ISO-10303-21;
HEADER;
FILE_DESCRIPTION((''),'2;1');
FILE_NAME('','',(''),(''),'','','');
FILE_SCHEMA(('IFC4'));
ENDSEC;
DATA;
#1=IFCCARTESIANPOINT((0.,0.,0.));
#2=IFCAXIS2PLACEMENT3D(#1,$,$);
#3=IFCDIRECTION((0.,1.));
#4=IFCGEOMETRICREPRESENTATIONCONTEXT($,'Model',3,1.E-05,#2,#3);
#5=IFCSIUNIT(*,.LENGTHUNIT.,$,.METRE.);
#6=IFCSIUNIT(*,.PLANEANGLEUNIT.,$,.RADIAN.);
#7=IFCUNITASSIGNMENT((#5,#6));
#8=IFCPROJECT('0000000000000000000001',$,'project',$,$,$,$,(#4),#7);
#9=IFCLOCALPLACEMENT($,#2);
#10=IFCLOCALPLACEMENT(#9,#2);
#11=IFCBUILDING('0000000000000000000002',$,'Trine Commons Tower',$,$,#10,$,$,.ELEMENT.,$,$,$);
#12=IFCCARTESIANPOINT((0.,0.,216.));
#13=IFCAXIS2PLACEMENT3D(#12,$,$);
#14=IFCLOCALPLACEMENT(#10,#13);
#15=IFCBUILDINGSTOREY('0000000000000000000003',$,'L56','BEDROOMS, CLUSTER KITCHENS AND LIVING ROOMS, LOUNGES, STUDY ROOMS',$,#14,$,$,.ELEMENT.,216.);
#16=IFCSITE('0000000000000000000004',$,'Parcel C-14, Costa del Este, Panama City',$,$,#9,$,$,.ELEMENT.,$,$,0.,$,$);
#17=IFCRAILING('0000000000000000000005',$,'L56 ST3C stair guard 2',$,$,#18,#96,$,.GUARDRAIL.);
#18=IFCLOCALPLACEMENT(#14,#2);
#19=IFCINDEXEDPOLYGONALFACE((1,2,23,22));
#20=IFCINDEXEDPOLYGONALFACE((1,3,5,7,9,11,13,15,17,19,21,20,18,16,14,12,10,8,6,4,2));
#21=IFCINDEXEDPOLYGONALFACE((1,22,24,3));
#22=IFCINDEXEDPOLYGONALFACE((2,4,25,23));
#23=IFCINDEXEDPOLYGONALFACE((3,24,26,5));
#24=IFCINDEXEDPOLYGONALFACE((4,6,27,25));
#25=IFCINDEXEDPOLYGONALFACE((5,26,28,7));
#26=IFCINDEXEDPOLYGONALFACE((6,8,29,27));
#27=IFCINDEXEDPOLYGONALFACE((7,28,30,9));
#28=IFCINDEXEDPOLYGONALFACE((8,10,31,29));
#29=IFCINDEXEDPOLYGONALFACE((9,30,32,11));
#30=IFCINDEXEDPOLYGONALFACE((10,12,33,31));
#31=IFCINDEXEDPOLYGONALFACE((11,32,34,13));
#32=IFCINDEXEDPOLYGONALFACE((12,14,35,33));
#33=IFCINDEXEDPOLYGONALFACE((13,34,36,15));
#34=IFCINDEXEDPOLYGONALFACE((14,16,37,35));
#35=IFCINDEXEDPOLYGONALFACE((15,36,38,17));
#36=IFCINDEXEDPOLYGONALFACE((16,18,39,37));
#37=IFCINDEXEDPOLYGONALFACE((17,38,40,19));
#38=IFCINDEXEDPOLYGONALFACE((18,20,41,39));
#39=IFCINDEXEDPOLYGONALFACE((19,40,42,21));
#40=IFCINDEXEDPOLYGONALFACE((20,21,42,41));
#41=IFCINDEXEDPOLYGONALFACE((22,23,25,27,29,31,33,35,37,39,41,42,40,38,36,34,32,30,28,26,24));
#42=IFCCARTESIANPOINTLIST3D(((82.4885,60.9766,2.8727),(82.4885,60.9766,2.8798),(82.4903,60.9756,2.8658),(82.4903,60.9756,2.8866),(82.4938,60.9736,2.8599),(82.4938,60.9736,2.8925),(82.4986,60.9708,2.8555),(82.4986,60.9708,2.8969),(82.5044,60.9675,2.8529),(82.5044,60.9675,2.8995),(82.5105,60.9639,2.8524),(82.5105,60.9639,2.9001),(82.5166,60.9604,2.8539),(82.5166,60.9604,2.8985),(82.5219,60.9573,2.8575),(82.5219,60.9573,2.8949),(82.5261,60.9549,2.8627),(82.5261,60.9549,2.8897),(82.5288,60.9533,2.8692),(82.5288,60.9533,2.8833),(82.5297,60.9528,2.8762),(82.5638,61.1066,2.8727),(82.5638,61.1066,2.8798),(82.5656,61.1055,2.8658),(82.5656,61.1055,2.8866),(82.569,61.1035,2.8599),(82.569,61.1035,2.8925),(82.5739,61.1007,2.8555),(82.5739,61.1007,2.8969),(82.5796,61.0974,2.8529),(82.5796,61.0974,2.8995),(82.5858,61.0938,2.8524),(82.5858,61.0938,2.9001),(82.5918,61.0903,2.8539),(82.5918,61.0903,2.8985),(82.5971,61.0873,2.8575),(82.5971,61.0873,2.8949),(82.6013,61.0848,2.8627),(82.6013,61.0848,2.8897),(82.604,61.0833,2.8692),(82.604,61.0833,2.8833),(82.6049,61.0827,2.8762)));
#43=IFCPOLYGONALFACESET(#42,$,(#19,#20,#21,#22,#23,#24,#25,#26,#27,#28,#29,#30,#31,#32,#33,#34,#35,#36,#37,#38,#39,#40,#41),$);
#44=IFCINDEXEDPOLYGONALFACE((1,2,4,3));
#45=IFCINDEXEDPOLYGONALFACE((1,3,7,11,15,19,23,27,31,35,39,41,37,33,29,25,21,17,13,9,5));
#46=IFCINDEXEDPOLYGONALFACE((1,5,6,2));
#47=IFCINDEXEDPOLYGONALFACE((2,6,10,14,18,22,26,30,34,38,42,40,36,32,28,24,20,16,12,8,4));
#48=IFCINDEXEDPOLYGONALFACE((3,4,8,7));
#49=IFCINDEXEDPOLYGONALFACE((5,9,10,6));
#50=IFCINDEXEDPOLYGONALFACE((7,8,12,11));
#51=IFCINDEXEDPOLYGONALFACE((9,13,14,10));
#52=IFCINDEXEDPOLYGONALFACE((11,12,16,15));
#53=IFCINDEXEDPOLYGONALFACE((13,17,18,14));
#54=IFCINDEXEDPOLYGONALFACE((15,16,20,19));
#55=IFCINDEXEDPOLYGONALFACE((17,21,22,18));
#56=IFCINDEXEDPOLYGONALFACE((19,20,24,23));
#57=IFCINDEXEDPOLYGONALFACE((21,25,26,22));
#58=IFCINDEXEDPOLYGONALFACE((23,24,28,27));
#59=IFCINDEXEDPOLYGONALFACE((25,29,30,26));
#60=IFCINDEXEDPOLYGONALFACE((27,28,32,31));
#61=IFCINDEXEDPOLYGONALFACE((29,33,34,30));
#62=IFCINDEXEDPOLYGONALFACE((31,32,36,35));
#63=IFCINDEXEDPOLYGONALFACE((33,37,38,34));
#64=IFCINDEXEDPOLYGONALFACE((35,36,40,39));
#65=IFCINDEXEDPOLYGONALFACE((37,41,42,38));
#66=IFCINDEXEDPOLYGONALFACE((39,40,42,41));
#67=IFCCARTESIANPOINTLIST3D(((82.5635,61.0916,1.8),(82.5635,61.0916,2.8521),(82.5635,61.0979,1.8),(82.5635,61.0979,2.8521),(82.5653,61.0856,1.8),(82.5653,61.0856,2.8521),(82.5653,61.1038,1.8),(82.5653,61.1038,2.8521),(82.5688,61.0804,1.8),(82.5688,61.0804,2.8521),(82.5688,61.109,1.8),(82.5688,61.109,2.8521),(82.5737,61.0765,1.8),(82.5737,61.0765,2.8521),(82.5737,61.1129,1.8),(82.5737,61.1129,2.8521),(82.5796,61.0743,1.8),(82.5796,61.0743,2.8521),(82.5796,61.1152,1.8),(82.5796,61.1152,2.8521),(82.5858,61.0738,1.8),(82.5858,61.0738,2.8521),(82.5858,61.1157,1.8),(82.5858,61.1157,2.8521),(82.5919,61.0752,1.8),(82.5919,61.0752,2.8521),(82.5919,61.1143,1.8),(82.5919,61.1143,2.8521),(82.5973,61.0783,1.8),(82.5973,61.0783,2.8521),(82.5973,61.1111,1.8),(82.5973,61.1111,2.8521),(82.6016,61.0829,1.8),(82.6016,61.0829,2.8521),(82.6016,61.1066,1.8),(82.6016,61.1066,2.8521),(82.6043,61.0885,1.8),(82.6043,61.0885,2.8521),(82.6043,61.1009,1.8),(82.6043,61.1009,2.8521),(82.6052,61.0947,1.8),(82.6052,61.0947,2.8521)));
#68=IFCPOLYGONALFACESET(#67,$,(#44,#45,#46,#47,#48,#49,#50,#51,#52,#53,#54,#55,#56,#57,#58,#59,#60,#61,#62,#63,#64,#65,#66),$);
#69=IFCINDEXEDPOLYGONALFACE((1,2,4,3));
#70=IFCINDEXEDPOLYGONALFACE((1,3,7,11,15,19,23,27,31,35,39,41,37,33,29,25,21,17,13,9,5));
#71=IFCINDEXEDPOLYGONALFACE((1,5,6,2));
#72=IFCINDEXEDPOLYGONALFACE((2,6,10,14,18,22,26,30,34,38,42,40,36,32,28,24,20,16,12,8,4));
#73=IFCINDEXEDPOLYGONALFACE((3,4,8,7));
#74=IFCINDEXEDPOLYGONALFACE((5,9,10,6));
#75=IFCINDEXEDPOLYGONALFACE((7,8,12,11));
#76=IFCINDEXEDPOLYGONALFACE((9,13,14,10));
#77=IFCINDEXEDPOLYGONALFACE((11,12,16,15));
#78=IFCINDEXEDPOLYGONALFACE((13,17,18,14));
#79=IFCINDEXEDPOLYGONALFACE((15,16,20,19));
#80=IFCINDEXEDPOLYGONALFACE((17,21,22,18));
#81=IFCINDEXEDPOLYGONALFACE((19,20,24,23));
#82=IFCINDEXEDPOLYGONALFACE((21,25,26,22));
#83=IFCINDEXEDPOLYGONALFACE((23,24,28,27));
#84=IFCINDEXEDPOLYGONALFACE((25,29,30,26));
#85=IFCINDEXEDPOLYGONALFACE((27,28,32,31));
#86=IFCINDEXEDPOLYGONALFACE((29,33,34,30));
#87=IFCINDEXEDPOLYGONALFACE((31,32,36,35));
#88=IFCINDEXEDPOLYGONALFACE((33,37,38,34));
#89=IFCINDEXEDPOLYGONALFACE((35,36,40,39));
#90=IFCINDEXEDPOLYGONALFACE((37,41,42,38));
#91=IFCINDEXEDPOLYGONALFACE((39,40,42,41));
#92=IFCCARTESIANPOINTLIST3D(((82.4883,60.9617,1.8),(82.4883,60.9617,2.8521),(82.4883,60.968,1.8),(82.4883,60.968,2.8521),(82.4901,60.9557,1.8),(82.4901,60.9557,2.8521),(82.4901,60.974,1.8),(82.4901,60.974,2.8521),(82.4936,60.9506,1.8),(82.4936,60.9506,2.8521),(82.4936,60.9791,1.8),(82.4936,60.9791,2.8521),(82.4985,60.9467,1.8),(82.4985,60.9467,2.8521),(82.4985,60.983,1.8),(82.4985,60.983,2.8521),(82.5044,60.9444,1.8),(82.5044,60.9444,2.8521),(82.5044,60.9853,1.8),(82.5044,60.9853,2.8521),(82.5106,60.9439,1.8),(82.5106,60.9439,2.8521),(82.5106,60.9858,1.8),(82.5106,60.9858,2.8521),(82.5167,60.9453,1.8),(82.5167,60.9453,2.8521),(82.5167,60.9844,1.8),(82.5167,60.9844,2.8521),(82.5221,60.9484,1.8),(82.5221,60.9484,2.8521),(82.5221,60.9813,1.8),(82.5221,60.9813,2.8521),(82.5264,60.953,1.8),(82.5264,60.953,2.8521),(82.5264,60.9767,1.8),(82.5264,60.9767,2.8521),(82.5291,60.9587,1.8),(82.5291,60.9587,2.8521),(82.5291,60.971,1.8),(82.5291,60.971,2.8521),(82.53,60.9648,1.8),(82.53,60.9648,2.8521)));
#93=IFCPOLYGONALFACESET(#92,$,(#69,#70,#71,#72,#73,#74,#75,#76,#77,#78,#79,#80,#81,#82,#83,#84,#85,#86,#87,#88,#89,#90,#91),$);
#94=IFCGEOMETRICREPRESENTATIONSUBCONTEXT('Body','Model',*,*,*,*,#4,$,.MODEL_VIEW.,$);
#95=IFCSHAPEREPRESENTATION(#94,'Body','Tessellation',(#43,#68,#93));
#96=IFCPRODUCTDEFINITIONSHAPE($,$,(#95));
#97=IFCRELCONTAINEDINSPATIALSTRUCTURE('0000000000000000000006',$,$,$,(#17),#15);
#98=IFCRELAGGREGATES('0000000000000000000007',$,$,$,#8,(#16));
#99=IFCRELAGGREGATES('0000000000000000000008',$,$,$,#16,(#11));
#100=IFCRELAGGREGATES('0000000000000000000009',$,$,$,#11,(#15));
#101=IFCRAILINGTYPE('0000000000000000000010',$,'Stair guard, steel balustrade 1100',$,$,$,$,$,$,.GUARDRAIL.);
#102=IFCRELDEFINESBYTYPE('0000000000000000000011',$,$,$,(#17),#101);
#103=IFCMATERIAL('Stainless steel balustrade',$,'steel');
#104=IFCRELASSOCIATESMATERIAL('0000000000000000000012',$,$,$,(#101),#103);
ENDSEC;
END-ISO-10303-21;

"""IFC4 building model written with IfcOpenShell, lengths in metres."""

from ifc_helpers import new_model, si_unit, direction, frame, origin, origin_2d, place, context, subcontext, project, spatial, circle, extrude, material, type_object, element, save


model = new_model("IFC4")

# Units and contexts
model_context = context("Model", 3, precision=1e-05, world=origin(), true_north=direction((0.0, 1.0)))
body_context = subcontext(model_context, "Body", "Model", "MODEL_VIEW")
ifc_project = project(units=[si_unit("LENGTHUNIT", "METRE"), si_unit("PLANEANGLEUNIT", "RADIAN")], contexts=[model_context])

# Site, building, storey
site_placement = place(None, origin())
site = spatial("IfcSite", under=ifc_project, at=site_placement, Name="Parcel C-14, Costa del Este, Panama City", CompositionType="ELEMENT", RefElevation=0.0)
building_placement = place(site_placement, origin())
building = spatial("IfcBuilding", under=site, at=building_placement, Name="Trine Commons Tower", CompositionType="ELEMENT")
storey_placement = place(building_placement, frame((0.0, 0.0, 216.0)))
storey = spatial("IfcBuildingStorey", under=building, at=storey_placement, Name="L56", Description="BEDROOMS, CLUSTER KITCHENS AND LIVING ROOMS, LOUNGES, STUDY ROOMS", CompositionType="ELEMENT", Elevation=216.0)

# Railing
ifc_material_1 = material(Name="Stainless steel balustrade", Category="steel")
railing_type_1 = type_object("IfcRailingType", Name="Stair guard, steel balustrade 1100", PredefinedType="GUARDRAIL", material=ifc_material_1)
railing_1_placement = place(storey_placement, frame((82.5842, 61.0947, 1.8)))
element("IfcRailing", 1, at=railing_1_placement, inside=storey, type_object=railing_type_1, Name="L56 ST3C stair guard 2", PredefinedType="GUARDRAIL", context=body_context, shape_type="SweptSolid", body=[
    extrude(circle(Radius=0.0239, at=origin_2d()), frame((0.0, 0.0, 1.0762), z_axis=(-0.501036, -0.865426, 0.0), x_axis=(0.865426, -0.501036, 0.0)), (0.0, 0.0, 1.0), 0.1501),
    extrude(circle(Radius=0.021, at=origin_2d()), origin(), (0.0, 0.0, 1.0), 1.052),
    extrude(circle(Radius=0.021, at=origin_2d()), frame((-0.0752, -0.1299, 0.0)), (0.0, 0.0, 1.0), 1.052),
])

save(model, "model.ifc")
